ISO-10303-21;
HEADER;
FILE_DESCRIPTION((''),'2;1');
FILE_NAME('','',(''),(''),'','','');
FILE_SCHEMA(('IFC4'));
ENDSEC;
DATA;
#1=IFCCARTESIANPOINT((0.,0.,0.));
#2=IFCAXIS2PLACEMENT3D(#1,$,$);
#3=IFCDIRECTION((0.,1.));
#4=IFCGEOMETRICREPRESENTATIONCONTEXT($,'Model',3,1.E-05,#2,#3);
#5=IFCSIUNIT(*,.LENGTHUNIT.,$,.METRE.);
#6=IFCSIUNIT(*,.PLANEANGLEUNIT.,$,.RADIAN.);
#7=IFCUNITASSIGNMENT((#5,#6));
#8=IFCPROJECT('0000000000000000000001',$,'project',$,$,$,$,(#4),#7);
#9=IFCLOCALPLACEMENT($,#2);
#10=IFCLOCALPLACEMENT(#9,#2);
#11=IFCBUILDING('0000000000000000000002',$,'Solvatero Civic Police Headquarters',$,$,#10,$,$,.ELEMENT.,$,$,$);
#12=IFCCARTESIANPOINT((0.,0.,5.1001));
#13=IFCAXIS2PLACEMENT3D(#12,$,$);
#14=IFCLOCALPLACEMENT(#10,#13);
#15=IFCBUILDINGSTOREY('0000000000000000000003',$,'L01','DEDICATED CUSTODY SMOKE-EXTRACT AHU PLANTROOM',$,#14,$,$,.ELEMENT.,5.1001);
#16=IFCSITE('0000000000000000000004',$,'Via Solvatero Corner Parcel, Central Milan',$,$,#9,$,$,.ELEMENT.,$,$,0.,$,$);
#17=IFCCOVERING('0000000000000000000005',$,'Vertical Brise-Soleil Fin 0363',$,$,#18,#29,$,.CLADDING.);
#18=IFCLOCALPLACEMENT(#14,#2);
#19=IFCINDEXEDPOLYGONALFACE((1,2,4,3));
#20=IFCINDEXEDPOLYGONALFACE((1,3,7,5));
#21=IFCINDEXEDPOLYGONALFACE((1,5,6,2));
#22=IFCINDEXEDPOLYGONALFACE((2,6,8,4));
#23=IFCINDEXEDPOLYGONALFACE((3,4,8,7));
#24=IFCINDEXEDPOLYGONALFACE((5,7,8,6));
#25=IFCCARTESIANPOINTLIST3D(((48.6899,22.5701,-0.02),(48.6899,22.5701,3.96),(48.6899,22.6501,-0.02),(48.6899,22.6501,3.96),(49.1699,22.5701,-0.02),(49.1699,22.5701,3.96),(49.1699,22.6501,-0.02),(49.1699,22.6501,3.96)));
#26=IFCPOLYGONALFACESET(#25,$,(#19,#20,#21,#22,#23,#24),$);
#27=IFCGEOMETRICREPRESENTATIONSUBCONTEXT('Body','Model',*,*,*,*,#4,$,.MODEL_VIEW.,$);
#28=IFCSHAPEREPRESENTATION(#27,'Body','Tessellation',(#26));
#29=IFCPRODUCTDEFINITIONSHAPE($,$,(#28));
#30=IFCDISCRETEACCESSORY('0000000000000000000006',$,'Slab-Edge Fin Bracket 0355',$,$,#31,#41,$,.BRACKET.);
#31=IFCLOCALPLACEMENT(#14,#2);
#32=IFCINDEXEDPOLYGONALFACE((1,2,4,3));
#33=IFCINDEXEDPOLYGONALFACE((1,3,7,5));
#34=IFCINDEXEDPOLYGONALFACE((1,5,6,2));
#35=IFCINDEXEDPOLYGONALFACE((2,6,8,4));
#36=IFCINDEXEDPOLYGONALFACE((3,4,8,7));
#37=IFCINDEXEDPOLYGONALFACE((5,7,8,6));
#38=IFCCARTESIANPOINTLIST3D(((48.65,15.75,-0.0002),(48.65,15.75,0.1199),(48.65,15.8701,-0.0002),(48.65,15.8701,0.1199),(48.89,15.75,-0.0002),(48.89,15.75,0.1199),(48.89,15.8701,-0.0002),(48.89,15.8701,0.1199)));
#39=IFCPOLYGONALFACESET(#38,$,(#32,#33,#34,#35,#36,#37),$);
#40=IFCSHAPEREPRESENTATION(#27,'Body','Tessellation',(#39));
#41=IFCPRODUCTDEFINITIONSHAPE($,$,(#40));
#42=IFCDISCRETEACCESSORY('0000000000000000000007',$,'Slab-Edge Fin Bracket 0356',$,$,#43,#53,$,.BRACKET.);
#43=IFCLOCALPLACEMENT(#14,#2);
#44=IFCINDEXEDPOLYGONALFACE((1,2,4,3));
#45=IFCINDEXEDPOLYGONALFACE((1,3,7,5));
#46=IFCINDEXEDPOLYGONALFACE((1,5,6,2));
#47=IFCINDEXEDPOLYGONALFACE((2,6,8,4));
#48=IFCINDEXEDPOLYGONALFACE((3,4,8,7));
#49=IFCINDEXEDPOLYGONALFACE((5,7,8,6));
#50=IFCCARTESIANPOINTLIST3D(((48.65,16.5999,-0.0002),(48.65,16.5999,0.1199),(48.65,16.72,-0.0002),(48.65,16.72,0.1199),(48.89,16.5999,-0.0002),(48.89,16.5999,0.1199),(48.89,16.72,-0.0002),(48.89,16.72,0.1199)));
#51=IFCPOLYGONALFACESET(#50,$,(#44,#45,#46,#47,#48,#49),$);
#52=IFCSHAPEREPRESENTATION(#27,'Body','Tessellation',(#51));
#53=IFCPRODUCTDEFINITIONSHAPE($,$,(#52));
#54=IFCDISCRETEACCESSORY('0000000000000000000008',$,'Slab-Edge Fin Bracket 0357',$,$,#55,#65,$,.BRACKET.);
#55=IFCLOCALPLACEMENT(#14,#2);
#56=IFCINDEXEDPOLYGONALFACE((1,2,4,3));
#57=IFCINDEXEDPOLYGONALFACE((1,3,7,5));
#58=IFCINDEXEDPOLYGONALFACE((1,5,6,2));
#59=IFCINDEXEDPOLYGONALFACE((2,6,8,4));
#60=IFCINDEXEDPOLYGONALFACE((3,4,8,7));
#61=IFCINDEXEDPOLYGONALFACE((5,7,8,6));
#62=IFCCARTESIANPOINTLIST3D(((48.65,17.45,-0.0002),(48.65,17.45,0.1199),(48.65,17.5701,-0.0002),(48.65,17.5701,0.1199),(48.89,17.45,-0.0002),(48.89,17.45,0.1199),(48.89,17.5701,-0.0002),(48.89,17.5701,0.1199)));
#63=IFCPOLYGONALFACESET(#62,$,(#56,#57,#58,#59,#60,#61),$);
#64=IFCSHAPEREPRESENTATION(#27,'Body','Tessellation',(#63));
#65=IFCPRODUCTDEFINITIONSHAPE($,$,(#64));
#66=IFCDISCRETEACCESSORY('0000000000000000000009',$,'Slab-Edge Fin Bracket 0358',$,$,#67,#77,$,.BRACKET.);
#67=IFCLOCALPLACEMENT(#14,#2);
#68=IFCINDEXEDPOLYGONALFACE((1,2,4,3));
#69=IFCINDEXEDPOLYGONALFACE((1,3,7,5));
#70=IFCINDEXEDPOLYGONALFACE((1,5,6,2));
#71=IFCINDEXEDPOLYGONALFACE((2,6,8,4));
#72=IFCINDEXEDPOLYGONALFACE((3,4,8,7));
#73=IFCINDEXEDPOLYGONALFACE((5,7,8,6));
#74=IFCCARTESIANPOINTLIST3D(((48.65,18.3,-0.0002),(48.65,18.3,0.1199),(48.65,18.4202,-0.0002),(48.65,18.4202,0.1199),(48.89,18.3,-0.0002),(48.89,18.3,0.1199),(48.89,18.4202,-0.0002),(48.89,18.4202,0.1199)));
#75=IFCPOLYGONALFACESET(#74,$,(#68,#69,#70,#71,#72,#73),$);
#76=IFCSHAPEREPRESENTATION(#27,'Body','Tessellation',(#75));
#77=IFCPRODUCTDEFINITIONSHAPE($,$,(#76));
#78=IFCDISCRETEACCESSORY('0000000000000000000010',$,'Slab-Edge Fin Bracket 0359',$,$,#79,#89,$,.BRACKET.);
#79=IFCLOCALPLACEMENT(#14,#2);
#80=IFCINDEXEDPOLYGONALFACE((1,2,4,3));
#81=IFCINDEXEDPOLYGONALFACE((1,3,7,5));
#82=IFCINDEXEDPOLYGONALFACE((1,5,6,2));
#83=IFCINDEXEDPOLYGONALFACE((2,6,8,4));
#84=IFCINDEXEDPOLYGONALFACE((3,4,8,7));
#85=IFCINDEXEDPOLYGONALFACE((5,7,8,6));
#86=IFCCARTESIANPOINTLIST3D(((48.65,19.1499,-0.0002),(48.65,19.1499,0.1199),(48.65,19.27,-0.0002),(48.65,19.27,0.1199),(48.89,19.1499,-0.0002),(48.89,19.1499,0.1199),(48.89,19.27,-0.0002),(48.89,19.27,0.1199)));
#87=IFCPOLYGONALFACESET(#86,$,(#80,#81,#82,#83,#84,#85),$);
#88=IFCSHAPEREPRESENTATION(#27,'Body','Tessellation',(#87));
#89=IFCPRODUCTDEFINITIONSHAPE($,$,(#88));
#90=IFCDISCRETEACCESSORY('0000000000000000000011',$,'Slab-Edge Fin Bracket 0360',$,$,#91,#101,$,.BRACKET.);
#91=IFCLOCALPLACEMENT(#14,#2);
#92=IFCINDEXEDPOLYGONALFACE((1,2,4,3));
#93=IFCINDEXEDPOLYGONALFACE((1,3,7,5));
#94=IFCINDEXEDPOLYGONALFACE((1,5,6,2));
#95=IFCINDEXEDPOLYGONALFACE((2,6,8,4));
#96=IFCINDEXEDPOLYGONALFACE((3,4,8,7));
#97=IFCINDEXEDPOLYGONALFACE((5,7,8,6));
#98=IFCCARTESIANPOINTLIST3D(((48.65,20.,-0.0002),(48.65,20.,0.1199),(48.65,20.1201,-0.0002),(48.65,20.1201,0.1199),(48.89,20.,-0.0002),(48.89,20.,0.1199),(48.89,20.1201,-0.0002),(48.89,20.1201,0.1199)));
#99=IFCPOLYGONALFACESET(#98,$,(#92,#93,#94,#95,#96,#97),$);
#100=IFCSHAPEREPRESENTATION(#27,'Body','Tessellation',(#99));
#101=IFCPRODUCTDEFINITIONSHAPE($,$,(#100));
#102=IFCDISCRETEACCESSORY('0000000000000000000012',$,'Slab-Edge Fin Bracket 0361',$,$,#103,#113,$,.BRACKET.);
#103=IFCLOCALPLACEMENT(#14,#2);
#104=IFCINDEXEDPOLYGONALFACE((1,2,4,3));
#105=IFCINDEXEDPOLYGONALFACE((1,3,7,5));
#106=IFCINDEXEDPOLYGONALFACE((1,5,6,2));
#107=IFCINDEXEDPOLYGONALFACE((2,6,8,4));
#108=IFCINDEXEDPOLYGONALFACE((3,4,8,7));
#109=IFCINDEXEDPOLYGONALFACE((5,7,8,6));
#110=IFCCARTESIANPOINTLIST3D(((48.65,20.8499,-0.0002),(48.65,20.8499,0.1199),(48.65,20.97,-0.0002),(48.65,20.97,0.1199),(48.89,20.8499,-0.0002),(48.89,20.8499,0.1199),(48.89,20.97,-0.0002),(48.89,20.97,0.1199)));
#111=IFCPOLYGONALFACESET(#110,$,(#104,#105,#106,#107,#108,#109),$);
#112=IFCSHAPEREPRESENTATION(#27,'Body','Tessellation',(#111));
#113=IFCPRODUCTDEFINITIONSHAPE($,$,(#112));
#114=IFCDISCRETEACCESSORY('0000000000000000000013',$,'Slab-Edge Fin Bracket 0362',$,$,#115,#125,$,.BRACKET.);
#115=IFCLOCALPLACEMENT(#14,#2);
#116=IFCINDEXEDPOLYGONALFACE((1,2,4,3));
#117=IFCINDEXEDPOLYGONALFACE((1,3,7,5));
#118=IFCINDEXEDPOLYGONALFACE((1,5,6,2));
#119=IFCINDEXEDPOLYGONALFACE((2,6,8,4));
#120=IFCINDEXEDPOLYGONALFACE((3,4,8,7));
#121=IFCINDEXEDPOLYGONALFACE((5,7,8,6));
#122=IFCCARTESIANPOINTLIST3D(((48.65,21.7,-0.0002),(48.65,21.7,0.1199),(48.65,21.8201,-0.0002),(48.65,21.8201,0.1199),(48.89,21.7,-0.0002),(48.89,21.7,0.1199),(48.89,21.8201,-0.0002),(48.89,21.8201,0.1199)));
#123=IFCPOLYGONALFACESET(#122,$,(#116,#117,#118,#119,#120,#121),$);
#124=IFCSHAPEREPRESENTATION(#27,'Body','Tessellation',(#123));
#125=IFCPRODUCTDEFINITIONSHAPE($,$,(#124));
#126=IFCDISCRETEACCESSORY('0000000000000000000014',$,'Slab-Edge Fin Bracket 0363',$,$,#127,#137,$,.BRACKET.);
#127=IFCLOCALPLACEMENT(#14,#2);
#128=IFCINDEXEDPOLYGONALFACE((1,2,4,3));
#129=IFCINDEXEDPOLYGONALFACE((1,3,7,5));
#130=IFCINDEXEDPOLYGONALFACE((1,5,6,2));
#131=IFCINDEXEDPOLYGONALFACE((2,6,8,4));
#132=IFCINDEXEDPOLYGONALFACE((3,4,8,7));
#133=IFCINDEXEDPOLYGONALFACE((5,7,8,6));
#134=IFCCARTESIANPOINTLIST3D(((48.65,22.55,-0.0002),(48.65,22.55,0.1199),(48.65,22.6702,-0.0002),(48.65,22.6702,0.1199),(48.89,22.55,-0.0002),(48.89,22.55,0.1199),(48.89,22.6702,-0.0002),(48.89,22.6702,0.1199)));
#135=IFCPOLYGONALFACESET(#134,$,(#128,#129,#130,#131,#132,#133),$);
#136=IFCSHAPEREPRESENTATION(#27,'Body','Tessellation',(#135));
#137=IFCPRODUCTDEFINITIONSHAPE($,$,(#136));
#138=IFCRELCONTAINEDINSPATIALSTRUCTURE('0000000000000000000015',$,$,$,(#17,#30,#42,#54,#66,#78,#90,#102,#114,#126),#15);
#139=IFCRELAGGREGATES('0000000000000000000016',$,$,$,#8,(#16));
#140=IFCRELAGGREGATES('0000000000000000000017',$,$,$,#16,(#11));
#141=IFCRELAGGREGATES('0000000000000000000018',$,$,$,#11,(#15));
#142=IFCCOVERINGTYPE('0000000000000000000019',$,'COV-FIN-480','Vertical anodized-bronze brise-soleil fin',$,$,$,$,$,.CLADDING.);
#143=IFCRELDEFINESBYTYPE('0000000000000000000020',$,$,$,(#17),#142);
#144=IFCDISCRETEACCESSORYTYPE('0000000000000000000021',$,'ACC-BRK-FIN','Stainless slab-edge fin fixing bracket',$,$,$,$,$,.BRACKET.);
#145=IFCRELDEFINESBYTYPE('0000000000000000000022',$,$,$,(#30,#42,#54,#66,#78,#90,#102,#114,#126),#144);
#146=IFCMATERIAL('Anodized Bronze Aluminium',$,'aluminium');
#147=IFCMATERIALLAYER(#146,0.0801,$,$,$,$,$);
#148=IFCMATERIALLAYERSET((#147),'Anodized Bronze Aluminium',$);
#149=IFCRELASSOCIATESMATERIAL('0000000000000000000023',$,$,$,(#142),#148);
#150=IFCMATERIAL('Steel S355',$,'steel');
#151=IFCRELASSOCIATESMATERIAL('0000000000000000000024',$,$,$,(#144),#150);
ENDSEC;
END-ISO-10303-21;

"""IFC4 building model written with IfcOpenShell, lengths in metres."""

from ifc_helpers import new_model, si_unit, direction, frame, origin, origin_2d, place, context, subcontext, project, spatial, rectangle, extrude, material, layer, layer_set, type_object, element, save


model = new_model("IFC4")

# Units and contexts
model_context = context("Model", 3, precision=1e-05, world=origin(), true_north=direction((0.0, 1.0)))
body_context = subcontext(model_context, "Body", "Model", "MODEL_VIEW")
ifc_project = project(units=[si_unit("LENGTHUNIT", "METRE"), si_unit("PLANEANGLEUNIT", "RADIAN")], contexts=[model_context])

# Site, building, storey
site_placement = place(None, origin())
site = spatial("IfcSite", under=ifc_project, at=site_placement, Name="Via Solvatero Corner Parcel, Central Milan", CompositionType="ELEMENT", RefElevation=0.0)
building_placement = place(site_placement, origin())
building = spatial("IfcBuilding", under=site, at=building_placement, Name="Solvatero Civic Police Headquarters", CompositionType="ELEMENT")
storey_placement = place(building_placement, frame((0.0, 0.0, 5.1001)))
storey = spatial("IfcBuildingStorey", under=building, at=storey_placement, Name="L01", Description="DEDICATED CUSTODY SMOKE-EXTRACT AHU PLANTROOM", CompositionType="ELEMENT", Elevation=5.1001)

# Shared definitions
ifc_material_1 = material(Name="Anodized Bronze Aluminium", Category="aluminium")

# Covering
ifc_layer_1 = layer(ifc_material_1, 0.0801)
ifc_layer_set_1 = layer_set([ifc_layer_1], Name="Anodized Bronze Aluminium")
covering_type = type_object("IfcCoveringType", Name="COV-FIN-480", Description="Vertical anodized-bronze brise-soleil fin", PredefinedType="CLADDING", material=ifc_layer_set_1)
for number, where, z_axis, x_axis, name in (
    (1, (48.9299, 22.6101, -0.02), (0.0, 0.0, 1.0), (0.0, 1.0, 0.0), "Vertical Brise-Soleil Fin 0363"),
):
    element("IfcCovering", number, at=place(storey_placement, frame(where, z_axis=z_axis, x_axis=x_axis)), inside=storey, type_object=covering_type, Name=name, PredefinedType="CLADDING", context=body_context, shape_type="SweptSolid", body=[
        extrude(rectangle(XDim=0.0801, YDim=0.48, at=origin_2d()), origin(), (0.0, 0.0, 1.0), 3.98),
    ])

# Discrete accessories
ifc_material_2 = material(Name="Steel S355", Category="steel")
discrete_accessory_type = type_object("IfcDiscreteAccessoryType", Name="ACC-BRK-FIN", Description="Stainless slab-edge fin fixing bracket", PredefinedType="BRACKET", material=ifc_material_2)
for number, where, z_axis, x_axis, name in (
    (2, (48.77, 15.8101, -0.0002), (0.0, 0.0, 1.0), (0.0, 1.0, 0.0), "Slab-Edge Fin Bracket 0355"),
    (3, (48.77, 16.6599, -0.0002), (0.0, 0.0, 1.0), (0.0, 1.0, 0.0), "Slab-Edge Fin Bracket 0356"),
    (4, (48.77, 17.51, -0.0002), (0.0, 0.0, 1.0), (0.0, 1.0, 0.0), "Slab-Edge Fin Bracket 0357"),
    (5, (48.77, 18.3601, -0.0002), (0.0, 0.0, 1.0), (0.0, 1.0, 0.0), "Slab-Edge Fin Bracket 0358"),
    (6, (48.77, 19.21, -0.0002), (0.0, 0.0, 1.0), (0.0, 1.0, 0.0), "Slab-Edge Fin Bracket 0359"),
    (7, (48.77, 20.0601, -0.0002), (0.0, 0.0, 1.0), (0.0, 1.0, 0.0), "Slab-Edge Fin Bracket 0360"),
    (8, (48.77, 20.9099, -0.0002), (0.0, 0.0, 1.0), (0.0, 1.0, 0.0), "Slab-Edge Fin Bracket 0361"),
    (9, (48.77, 21.76, -0.0002), (0.0, 0.0, 1.0), (0.0, 1.0, 0.0), "Slab-Edge Fin Bracket 0362"),
    (10, (48.77, 22.6101, -0.0002), (0.0, 0.0, 1.0), (0.0, 1.0, 0.0), "Slab-Edge Fin Bracket 0363"),
):
    element("IfcDiscreteAccessory", number, at=place(storey_placement, frame(where, z_axis=z_axis, x_axis=x_axis)), inside=storey, type_object=discrete_accessory_type, Name=name, PredefinedType="BRACKET", context=body_context, shape_type="SweptSolid", body=[
        extrude(rectangle(XDim=0.1201, YDim=0.24, at=origin_2d()), origin(), (0.0, 0.0, 1.0), 0.1201),
    ])

save(model, "model.ifc")
